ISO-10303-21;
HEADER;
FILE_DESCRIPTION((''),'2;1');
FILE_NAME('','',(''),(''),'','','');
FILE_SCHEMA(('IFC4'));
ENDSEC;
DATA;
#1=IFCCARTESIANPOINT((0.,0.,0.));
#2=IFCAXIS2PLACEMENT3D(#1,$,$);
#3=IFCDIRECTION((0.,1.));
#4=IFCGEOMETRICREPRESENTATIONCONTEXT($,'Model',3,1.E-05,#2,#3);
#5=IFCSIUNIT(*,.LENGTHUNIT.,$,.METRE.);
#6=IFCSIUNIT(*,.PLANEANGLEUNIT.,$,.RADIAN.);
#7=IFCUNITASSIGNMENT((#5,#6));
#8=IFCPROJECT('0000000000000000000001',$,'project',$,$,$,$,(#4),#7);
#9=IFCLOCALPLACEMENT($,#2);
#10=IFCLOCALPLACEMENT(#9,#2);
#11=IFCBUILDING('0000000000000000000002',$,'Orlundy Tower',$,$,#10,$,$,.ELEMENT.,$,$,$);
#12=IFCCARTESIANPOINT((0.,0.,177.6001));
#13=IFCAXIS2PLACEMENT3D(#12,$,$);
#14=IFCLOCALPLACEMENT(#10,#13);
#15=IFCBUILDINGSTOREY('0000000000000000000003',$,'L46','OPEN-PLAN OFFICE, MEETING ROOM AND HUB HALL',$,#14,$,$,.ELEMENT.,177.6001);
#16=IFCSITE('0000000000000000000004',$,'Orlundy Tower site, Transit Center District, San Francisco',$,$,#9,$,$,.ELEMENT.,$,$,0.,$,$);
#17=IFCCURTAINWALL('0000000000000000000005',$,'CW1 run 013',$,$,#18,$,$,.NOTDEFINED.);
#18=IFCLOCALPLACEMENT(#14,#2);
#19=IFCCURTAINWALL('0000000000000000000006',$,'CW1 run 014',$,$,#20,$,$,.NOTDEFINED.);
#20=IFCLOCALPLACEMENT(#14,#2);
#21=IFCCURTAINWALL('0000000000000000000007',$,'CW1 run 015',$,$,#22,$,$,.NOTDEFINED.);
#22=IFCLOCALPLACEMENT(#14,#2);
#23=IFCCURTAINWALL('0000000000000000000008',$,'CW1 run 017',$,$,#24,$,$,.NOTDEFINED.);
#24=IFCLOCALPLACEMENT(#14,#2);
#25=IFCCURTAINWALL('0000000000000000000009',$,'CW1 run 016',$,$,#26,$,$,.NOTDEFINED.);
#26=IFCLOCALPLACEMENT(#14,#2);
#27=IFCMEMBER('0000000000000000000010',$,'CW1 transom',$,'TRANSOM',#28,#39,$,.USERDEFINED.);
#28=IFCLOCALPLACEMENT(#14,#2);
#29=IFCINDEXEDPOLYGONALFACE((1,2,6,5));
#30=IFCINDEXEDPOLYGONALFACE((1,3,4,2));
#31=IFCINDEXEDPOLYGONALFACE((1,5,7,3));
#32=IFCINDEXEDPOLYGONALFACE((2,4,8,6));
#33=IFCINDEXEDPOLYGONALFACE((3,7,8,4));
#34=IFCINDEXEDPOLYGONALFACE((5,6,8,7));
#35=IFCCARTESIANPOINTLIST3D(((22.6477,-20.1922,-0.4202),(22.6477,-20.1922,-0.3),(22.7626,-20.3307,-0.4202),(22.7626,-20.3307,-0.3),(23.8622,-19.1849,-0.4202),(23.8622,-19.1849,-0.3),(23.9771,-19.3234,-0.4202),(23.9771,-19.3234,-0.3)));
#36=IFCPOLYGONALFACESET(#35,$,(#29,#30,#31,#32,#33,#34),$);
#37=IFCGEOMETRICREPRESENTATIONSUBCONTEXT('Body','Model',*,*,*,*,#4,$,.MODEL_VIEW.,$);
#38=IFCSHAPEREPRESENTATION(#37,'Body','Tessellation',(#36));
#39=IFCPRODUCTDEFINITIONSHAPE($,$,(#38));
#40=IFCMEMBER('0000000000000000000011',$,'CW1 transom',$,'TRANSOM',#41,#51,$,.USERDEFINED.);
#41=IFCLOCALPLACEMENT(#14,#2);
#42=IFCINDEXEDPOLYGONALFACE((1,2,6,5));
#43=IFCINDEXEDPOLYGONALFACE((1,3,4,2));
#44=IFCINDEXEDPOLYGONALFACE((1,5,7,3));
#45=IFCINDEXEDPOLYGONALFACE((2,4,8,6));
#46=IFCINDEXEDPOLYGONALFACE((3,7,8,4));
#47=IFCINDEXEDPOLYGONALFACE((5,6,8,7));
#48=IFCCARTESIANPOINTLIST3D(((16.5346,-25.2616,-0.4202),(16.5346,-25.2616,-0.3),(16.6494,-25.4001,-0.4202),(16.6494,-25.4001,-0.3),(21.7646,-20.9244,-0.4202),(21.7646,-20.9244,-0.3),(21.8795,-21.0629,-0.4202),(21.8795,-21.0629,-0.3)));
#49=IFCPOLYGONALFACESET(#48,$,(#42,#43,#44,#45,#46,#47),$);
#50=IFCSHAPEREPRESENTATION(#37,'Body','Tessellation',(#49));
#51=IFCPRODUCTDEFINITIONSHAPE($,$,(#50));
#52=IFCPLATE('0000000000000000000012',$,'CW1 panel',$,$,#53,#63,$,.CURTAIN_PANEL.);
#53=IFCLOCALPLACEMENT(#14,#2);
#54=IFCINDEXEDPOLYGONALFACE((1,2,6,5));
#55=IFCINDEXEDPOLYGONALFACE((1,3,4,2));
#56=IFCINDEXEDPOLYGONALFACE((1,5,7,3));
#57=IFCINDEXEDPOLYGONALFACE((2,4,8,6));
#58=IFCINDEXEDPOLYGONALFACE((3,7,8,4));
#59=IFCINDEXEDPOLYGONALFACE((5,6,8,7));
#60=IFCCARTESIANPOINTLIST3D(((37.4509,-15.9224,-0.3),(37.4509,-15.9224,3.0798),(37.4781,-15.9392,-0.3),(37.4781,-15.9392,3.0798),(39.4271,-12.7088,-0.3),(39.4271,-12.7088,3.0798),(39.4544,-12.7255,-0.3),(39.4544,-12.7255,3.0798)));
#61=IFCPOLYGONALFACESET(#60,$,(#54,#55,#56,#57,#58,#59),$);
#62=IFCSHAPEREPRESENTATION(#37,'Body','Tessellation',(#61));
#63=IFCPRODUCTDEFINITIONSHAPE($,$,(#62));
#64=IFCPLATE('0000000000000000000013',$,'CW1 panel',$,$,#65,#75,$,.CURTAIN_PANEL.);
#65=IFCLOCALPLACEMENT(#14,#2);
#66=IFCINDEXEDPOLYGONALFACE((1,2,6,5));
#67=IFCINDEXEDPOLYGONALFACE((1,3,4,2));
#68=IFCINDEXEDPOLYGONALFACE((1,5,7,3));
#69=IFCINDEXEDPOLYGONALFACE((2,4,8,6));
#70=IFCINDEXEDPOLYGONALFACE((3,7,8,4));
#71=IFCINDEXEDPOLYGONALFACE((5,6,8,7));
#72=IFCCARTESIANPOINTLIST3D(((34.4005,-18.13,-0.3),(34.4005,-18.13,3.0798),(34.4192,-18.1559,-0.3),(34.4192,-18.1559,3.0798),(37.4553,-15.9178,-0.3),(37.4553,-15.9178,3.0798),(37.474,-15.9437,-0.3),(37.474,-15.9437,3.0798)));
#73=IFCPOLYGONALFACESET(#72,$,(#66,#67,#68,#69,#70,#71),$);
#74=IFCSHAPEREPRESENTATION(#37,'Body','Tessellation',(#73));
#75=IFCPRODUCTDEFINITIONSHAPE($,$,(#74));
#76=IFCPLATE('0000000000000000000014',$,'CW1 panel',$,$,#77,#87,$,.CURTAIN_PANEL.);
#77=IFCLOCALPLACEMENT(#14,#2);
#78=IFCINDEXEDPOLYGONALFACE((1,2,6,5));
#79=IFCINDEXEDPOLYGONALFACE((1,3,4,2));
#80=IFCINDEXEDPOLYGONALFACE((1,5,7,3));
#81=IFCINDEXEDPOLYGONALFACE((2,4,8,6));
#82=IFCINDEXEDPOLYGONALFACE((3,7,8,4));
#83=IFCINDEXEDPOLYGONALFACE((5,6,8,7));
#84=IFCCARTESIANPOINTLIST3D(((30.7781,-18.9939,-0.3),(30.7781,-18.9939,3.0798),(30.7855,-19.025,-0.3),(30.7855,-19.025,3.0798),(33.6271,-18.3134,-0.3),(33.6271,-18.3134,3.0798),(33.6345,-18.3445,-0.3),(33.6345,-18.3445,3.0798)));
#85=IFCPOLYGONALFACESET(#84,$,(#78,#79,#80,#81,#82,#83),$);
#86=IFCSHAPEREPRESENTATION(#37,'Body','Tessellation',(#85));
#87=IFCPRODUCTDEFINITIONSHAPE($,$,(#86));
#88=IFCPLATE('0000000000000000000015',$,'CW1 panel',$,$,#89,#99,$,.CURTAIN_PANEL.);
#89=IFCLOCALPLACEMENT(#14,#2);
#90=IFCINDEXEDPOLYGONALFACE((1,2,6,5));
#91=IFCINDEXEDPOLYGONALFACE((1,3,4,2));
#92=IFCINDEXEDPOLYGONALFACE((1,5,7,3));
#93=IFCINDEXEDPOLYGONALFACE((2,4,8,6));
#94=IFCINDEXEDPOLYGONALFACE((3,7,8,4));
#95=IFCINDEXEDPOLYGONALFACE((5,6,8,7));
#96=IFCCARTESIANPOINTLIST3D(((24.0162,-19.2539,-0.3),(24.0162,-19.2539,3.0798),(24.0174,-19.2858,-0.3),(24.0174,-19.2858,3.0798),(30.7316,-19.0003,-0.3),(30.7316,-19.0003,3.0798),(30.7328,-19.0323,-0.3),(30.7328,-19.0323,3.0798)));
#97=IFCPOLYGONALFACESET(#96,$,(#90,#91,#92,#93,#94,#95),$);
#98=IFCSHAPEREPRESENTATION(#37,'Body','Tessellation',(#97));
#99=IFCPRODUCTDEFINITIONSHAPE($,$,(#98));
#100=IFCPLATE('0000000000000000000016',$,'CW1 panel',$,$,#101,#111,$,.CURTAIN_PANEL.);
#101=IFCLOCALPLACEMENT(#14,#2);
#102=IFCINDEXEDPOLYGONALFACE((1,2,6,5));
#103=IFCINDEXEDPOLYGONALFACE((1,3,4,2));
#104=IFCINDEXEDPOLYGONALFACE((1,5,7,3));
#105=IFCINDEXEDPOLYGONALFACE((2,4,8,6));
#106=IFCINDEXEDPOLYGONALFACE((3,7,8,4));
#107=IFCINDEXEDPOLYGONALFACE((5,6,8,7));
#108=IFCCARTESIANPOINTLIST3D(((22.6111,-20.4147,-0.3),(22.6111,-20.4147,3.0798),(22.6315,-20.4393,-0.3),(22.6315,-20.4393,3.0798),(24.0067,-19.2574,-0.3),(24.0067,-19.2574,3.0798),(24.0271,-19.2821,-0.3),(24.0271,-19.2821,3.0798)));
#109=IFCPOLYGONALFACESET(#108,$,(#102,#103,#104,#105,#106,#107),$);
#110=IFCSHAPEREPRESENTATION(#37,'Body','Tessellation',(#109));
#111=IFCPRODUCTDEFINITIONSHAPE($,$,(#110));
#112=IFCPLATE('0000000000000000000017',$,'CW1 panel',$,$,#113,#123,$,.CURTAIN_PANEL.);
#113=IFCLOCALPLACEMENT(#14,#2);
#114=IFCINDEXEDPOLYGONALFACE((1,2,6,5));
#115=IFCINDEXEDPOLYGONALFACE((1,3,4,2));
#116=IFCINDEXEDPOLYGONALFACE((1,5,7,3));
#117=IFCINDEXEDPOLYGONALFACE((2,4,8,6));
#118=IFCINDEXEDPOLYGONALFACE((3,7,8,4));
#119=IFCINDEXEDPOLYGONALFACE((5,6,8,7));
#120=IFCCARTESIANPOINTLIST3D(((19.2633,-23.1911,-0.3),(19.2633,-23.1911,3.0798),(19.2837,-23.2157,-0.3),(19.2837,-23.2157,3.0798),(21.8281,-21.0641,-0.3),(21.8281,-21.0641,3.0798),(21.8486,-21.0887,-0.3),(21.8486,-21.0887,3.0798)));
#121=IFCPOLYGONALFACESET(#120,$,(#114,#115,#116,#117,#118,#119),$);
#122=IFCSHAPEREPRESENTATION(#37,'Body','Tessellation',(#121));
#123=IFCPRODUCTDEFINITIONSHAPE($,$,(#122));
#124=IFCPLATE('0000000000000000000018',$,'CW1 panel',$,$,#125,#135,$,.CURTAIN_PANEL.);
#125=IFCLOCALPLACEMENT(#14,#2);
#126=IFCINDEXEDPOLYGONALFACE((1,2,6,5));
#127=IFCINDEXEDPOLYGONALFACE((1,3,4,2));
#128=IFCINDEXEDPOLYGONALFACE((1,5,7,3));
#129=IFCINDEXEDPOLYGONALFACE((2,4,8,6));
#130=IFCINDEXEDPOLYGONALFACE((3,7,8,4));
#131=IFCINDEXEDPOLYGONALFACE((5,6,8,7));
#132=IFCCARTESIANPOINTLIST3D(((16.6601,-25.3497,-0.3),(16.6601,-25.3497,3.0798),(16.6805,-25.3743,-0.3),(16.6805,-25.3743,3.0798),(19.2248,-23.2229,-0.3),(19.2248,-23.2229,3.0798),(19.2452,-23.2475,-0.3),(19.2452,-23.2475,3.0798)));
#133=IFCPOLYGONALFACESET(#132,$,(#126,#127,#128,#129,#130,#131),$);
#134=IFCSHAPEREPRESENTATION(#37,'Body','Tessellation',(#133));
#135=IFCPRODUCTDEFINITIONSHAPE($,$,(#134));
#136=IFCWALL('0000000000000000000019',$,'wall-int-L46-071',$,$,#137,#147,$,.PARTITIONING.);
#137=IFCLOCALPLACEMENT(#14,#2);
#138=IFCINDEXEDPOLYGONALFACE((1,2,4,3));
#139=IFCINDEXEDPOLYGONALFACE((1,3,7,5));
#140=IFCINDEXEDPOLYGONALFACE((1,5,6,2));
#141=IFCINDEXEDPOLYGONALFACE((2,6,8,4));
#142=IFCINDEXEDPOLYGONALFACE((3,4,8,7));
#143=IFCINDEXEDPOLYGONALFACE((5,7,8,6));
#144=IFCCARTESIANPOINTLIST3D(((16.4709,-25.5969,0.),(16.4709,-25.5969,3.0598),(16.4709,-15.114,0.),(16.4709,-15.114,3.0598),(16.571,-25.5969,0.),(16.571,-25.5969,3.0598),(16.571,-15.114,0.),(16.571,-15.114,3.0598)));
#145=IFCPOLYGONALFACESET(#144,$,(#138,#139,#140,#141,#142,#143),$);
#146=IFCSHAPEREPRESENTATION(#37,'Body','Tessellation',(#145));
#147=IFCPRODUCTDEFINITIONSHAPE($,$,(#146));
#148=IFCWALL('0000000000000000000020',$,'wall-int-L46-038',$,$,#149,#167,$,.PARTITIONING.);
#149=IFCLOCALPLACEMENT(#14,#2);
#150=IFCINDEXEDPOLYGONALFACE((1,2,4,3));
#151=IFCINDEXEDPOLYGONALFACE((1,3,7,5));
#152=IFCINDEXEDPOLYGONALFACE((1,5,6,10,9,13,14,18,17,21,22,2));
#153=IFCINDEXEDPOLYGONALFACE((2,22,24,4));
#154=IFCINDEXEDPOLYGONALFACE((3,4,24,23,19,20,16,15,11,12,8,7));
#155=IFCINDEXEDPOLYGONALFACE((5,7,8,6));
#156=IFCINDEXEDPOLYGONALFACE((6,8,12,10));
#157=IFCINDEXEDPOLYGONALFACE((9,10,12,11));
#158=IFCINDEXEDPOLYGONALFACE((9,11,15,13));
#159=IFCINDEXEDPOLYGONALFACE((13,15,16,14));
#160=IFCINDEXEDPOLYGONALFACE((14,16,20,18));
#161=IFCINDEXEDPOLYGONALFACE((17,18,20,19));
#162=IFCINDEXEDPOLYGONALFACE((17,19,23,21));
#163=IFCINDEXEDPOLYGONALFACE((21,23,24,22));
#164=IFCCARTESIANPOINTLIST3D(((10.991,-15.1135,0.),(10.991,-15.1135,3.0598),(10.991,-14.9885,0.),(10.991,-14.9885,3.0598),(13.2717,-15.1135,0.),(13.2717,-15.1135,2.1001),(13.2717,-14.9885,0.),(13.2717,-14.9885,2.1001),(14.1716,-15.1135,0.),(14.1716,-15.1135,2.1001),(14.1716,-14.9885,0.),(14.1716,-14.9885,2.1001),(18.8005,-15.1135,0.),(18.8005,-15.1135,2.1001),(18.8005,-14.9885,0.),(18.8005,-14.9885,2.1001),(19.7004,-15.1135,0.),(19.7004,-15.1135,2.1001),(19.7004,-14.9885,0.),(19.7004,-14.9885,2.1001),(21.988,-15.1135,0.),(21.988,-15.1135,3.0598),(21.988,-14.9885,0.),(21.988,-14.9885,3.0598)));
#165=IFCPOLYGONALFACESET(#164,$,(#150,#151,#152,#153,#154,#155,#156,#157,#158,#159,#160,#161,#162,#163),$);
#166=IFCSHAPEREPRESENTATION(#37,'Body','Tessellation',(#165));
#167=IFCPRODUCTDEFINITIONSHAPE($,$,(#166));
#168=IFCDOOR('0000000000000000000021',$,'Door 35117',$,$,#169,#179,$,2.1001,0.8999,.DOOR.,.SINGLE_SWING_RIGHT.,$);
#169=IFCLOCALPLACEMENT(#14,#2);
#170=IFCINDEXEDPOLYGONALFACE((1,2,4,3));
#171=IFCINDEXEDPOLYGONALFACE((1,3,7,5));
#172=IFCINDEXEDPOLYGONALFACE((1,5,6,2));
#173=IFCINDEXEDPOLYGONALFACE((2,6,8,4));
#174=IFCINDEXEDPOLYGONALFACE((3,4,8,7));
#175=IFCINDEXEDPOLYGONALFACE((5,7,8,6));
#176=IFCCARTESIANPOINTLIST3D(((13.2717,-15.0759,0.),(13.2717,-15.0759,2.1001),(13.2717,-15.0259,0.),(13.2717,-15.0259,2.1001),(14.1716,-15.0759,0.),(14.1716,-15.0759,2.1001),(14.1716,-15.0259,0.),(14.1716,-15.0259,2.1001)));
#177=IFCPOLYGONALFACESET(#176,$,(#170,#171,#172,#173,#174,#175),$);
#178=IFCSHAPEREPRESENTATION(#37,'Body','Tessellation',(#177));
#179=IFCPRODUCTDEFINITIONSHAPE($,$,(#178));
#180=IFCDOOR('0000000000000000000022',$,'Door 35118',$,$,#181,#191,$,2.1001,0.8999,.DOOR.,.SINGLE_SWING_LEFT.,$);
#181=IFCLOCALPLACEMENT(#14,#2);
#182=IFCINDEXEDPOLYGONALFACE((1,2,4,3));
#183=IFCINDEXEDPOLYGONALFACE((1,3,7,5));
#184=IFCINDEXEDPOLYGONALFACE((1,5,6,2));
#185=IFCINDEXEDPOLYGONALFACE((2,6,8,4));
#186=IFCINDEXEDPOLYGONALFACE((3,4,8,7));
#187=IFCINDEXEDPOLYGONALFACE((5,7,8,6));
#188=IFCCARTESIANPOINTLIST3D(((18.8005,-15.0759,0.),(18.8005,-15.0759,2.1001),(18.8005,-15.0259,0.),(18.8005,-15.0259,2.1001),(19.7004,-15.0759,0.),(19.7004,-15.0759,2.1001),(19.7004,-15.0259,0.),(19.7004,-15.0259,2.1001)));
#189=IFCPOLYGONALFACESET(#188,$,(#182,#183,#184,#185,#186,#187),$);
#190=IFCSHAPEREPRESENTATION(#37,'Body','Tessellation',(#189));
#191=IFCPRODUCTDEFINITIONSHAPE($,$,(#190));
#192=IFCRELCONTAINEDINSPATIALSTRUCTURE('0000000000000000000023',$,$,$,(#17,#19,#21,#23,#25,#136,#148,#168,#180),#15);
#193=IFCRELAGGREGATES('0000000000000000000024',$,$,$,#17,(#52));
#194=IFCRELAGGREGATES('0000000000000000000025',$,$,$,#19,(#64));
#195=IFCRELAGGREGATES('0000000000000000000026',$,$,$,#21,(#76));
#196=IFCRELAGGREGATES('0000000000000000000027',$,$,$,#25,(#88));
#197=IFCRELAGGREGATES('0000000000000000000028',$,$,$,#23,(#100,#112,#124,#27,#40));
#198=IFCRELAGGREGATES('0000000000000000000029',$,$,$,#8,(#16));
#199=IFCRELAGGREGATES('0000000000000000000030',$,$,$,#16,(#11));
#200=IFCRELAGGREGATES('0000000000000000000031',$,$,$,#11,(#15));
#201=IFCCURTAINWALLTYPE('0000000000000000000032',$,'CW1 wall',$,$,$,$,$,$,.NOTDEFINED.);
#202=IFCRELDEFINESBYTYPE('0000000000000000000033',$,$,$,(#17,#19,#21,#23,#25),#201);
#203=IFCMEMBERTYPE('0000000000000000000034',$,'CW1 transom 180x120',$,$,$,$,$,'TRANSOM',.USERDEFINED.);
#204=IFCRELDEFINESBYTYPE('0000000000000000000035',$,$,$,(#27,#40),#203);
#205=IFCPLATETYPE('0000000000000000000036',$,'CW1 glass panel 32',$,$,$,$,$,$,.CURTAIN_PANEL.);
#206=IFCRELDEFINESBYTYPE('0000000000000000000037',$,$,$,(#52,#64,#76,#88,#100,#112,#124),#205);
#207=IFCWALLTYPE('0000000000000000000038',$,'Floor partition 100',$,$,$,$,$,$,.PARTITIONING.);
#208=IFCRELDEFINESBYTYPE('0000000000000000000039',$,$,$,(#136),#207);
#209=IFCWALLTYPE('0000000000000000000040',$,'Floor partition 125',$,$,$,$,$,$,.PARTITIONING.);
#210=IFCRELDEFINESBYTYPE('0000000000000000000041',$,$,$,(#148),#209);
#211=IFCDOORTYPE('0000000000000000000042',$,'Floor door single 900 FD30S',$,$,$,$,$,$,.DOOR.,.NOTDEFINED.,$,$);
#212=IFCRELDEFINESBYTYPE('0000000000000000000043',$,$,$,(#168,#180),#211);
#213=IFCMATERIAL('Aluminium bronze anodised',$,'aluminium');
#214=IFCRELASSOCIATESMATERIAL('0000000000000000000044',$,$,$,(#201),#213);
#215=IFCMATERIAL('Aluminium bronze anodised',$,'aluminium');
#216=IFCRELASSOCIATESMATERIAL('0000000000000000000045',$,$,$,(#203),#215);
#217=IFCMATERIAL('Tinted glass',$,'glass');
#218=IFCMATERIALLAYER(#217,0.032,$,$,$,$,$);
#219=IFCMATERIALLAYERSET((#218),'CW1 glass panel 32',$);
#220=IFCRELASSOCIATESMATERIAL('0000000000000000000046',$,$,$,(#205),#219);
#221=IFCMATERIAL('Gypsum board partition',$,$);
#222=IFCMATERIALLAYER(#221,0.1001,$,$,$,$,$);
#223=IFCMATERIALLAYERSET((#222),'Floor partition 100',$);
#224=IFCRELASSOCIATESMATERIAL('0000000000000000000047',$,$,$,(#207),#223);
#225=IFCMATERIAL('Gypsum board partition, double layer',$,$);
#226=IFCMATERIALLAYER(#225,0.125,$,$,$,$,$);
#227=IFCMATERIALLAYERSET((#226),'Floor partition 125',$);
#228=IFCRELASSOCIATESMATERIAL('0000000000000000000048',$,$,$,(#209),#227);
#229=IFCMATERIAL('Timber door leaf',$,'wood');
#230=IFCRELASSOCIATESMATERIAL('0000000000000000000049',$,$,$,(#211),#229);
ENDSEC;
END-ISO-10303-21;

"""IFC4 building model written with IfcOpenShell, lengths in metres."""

from ifc_helpers import new_model, si_unit, direction, frame, frame_2d, origin, origin_2d, place, context, subcontext, project, spatial, rectangle, extrude, material, layer, layer_set, material_profile, profile_set, type_object, element, fill, aggregate, save


model = new_model("IFC4")

# Units and contexts
model_context = context("Model", 3, precision=1e-05, world=origin(), true_north=direction((0.0, 1.0)))
body_context = subcontext(model_context, "Body", "Model", "MODEL_VIEW")
ifc_project = project(units=[si_unit("LENGTHUNIT", "METRE"), si_unit("PLANEANGLEUNIT", "RADIAN")], contexts=[model_context])

# Site, building, storey
site_placement = place(None, origin())
site = spatial("IfcSite", under=ifc_project, at=site_placement, Name="Orlundy Tower site, Transit Center District, San Francisco", CompositionType="ELEMENT", RefElevation=0.0)
building_placement = place(site_placement, origin())
building = spatial("IfcBuilding", under=site, at=building_placement, Name="Orlundy Tower", CompositionType="ELEMENT")
storey_placement = place(building_placement, frame((0.0, 0.0, 177.6001)))
storey = spatial("IfcBuildingStorey", under=building, at=storey_placement, Name="L46", Description="OPEN-PLAN OFFICE, MEETING ROOM AND HUB HALL", CompositionType="ELEMENT", Elevation=177.6001)

# Curtain walls
ifc_material_1 = material(Name="Aluminium bronze anodised", Category="aluminium")
curtain_wall_type = type_object("IfcCurtainWallType", Name="CW1 wall", PredefinedType="NOTDEFINED", material=ifc_material_1)
curtain_wall_1_placement = place(storey_placement, origin())
curtain_wall_1 = element("IfcCurtainWall", 1, at=curtain_wall_1_placement, inside=storey, type_object=curtain_wall_type, Name="CW1 run 013", PredefinedType="NOTDEFINED")
curtain_wall_2_placement = place(storey_placement, origin())
curtain_wall_2 = element("IfcCurtainWall", 2, at=curtain_wall_2_placement, inside=storey, type_object=curtain_wall_type, Name="CW1 run 014", PredefinedType="NOTDEFINED")
curtain_wall_3_placement = place(storey_placement, origin())
curtain_wall_3 = element("IfcCurtainWall", 3, at=curtain_wall_3_placement, inside=storey, type_object=curtain_wall_type, Name="CW1 run 015", PredefinedType="NOTDEFINED")
curtain_wall_4_placement = place(storey_placement, origin())
curtain_wall_4 = element("IfcCurtainWall", 4, at=curtain_wall_4_placement, inside=storey, type_object=curtain_wall_type, Name="CW1 run 017", PredefinedType="NOTDEFINED")
curtain_wall_5_placement = place(storey_placement, origin())
curtain_wall_5 = element("IfcCurtainWall", 5, at=curtain_wall_5_placement, inside=storey, type_object=curtain_wall_type, Name="CW1 run 016", PredefinedType="NOTDEFINED")

# Members
ifc_material_2 = material(Name="Aluminium bronze anodised", Category="aluminium")
ifc_material_profile_1 = material_profile(ifc_material_2, rectangle(XDim=0.1799, YDim=0.1201, at=origin_2d()), Name="CW1 transom 180x120")
ifc_profile_set_1 = profile_set([ifc_material_profile_1], Name="Aluminium bronze anodised")
member_type_1 = type_object("IfcMemberType", Name="CW1 transom 180x120", ElementType="TRANSOM", PredefinedType="USERDEFINED", material=ifc_profile_set_1)
member_1_placement = place(storey_placement, frame((23.9197, -19.2542, -0.3601), z_axis=(-0.769728, -0.638372, 0.0), x_axis=(0.638372, -0.769728, 0.0)))
member_1 = element("IfcMember", 6, at=member_1_placement, type_object=member_type_1, Name="CW1 transom", ObjectType="TRANSOM", PredefinedType="USERDEFINED", context=body_context, shape_type="SweptSolid", body=[
    extrude(rectangle(XDim=0.1799, YDim=0.1201, at=origin_2d()), origin(), (0.0, 0.0, 1.0), 1.5779),
])
member_2_placement = place(storey_placement, frame((21.822, -20.9937, -0.3601), z_axis=(-0.769751, -0.638345, 0.0), x_axis=(0.638345, -0.769751, 0.0)))
member_2 = element("IfcMember", 7, at=member_2_placement, type_object=member_type_1, Name="CW1 transom", ObjectType="TRANSOM", PredefinedType="USERDEFINED", context=body_context, shape_type="SweptSolid", body=[
    extrude(rectangle(XDim=0.1799, YDim=0.1201, at=origin_2d()), origin(), (0.0, 0.0, 1.0), 6.7944),
])

# Plates
ifc_material_3 = material(Name="Tinted glass", Category="glass")
ifc_layer_1 = layer(ifc_material_3, 0.032)
ifc_layer_set_1 = layer_set([ifc_layer_1], Name="CW1 glass panel 32")
plate_type = type_object("IfcPlateType", Name="CW1 glass panel 32", PredefinedType="CURTAIN_PANEL", material=ifc_layer_set_1)
plate_1_placement = place(storey_placement, frame((38.4526, -14.324, -0.3), z_axis=(0.0, 0.0, 1.0), x_axis=(-0.523827, -0.851825, 0.0)))
plate_1 = element("IfcPlate", 8, at=plate_1_placement, type_object=plate_type, Name="CW1 panel", PredefinedType="CURTAIN_PANEL", context=body_context, shape_type="SweptSolid", body=[
    extrude(rectangle(XDim=3.7727, YDim=0.032, at=origin_2d()), origin(), (0.0, 0.0, 1.0), 3.3799),
])
aggregate(curtain_wall_1, [plate_1])
plate_2_placement = place(storey_placement, frame((35.9373, -17.0369, -0.3), z_axis=(0.0, 0.0, 1.0), x_axis=(-0.809924, -0.586534, 0.0)))
plate_2 = element("IfcPlate", 9, at=plate_2_placement, type_object=plate_type, Name="CW1 panel", PredefinedType="CURTAIN_PANEL", context=body_context, shape_type="SweptSolid", body=[
    extrude(rectangle(XDim=3.7717, YDim=0.032, at=origin_2d()), origin(), (0.0, 0.0, 1.0), 3.3799),
])
aggregate(curtain_wall_2, [plate_2])
plate_3_placement = place(storey_placement, frame((32.2063, -18.6692, -0.3), z_axis=(0.0, 0.0, 1.0), x_axis=(-0.972644, -0.232301, 0.0)))
plate_3 = element("IfcPlate", 10, at=plate_3_placement, type_object=plate_type, Name="CW1 panel", PredefinedType="CURTAIN_PANEL", context=body_context, shape_type="SweptSolid", body=[
    extrude(rectangle(XDim=2.9292, YDim=0.032, at=origin_2d()), origin(), (0.0, 0.0, 1.0), 3.3799),
])
aggregate(curtain_wall_3, [plate_3])
plate_4_placement = place(storey_placement, frame((27.3745, -19.1431, -0.3), z_axis=(0.0, 0.0, 1.0), x_axis=(-0.999288, -0.037731, 0.0)))
plate_4 = element("IfcPlate", 11, at=plate_4_placement, type_object=plate_type, Name="CW1 panel", PredefinedType="CURTAIN_PANEL", context=body_context, shape_type="SweptSolid", body=[
    extrude(rectangle(XDim=6.7202, YDim=0.032, at=origin_2d()), origin(), (0.0, 0.0, 1.0), 3.3799),
])
aggregate(curtain_wall_5, [plate_4])
plate_5_placement = place(storey_placement, frame((23.3191, -19.8484, -0.3), z_axis=(0.0, 0.0, 1.0), x_axis=(-0.769762, -0.638331, 0.0)))
plate_5 = element("IfcPlate", 12, at=plate_5_placement, type_object=plate_type, Name="CW1 panel", PredefinedType="CURTAIN_PANEL", context=body_context, shape_type="SweptSolid", body=[
    extrude(rectangle(XDim=1.813, YDim=0.032, at=origin_2d()), origin(), (0.0, 0.0, 1.0), 3.3799),
])
plate_6_placement = place(storey_placement, frame((20.5559, -22.1399, -0.3), z_axis=(0.0, 0.0, 1.0), x_axis=(-0.769762, -0.638331, 0.0)))
plate_6 = element("IfcPlate", 13, at=plate_6_placement, type_object=plate_type, Name="CW1 panel", PredefinedType="CURTAIN_PANEL", context=body_context, shape_type="SweptSolid", body=[
    extrude(rectangle(XDim=3.332, YDim=0.032, at=origin_2d()), origin(), (0.0, 0.0, 1.0), 3.3799),
])
plate_7_placement = place(storey_placement, frame((17.9526, -24.2986, -0.3), z_axis=(0.0, 0.0, 1.0), x_axis=(-0.769762, -0.638331, 0.0)))
plate_7 = element("IfcPlate", 14, at=plate_7_placement, type_object=plate_type, Name="CW1 panel", PredefinedType="CURTAIN_PANEL", context=body_context, shape_type="SweptSolid", body=[
    extrude(rectangle(XDim=3.3318, YDim=0.032, at=origin_2d()), origin(), (0.0, 0.0, 1.0), 3.3799),
])
aggregate(curtain_wall_4, [plate_5, plate_6, plate_7, member_1, member_2])

# Wall
ifc_material_4 = material(Name="Gypsum board partition")
ifc_layer_2 = layer(ifc_material_4, 0.1001)
ifc_layer_set_2 = layer_set([ifc_layer_2], Name="Floor partition 100")
wall_type_1 = type_object("IfcWallType", Name="Floor partition 100", PredefinedType="PARTITIONING", material=ifc_layer_set_2)
wall_1_placement = place(storey_placement, frame((16.521, -25.5969, 0.0), z_axis=(0.0, 0.0, 1.0), x_axis=(0.0, 1.0, 0.0)))
element("IfcWall", 15, at=wall_1_placement, inside=storey, type_object=wall_type_1, Name="wall-int-L46-071", PredefinedType="PARTITIONING", context=body_context, shape_type="SweptSolid", body=[
    extrude(rectangle(XDim=10.4829, YDim=0.1001, at=frame_2d((5.2415, 0.0))), origin(), (0.0, 0.0, 1.0), 3.0598),
])

# Wall, openings, doors
ifc_material_5 = material(Name="Gypsum board partition, double layer")
ifc_layer_3 = layer(ifc_material_5, 0.125)
ifc_layer_set_3 = layer_set([ifc_layer_3], Name="Floor partition 125")
wall_type_2 = type_object("IfcWallType", Name="Floor partition 125", PredefinedType="PARTITIONING", material=ifc_layer_set_3)
wall_2_placement = place(storey_placement, frame((21.988, -15.051, 0.0), z_axis=(0.0, 0.0, 1.0), x_axis=(-1.0, 0.0, 0.0)))
wall_2 = element("IfcWall", 16, at=wall_2_placement, inside=storey, type_object=wall_type_2, Name="wall-int-L46-038", PredefinedType="PARTITIONING", context=body_context, shape_type="SweptSolid", body=[
    extrude(rectangle(XDim=10.9971, YDim=0.125, at=frame_2d((5.4985, 0.0))), origin(), (0.0, 0.0, 1.0), 3.0598),
])
opening_1_placement = place(wall_2_placement, frame((7.8164, 0.0, 0.0)))
opening_1 = element("IfcOpeningElement", 17, at=opening_1_placement, cuts=wall_2, PredefinedType="OPENING", context=body_context, shape_type="SweptSolid", body=[
    extrude(rectangle(XDim=0.8999, YDim=2.1001, at=frame_2d((0.45, 1.05))), frame((0.0, 0.0725, 0.0), z_axis=(0.0, -1.0, 0.0), x_axis=(1.0, 0.0, 0.0)), (0.0, 0.0, 1.0), 0.145),
])
opening_2_placement = place(wall_2_placement, frame((2.2876, 0.0, 0.0)))
opening_2 = element("IfcOpeningElement", 18, at=opening_2_placement, cuts=wall_2, PredefinedType="OPENING", context=body_context, shape_type="SweptSolid", body=[
    extrude(rectangle(XDim=0.8999, YDim=2.1001, at=frame_2d((0.45, 1.05))), frame((0.0, 0.0725, 0.0), z_axis=(0.0, -1.0, 0.0), x_axis=(1.0, 0.0, 0.0)), (0.0, 0.0, 1.0), 0.145),
])
ifc_material_6 = material(Name="Timber door leaf", Category="wood")
door_type = type_object("IfcDoorType", Name="Floor door single 900 FD30S", OperationType="NOTDEFINED", PredefinedType="DOOR", material=ifc_material_6)
door_1_placement = place(opening_1_placement, origin())
door_1 = element("IfcDoor", 19, at=door_1_placement, inside=storey, type_object=door_type, Name="Door 35117", OperationType="SINGLE_SWING_RIGHT", OverallHeight=2.1001, OverallWidth=0.8999, PredefinedType="DOOR", context=body_context, shape_type="SweptSolid", body=[
    extrude(rectangle(XDim=0.8999, YDim=2.1001, at=frame_2d((0.45, 1.05))), frame((0.0, 0.0249, 0.0), z_axis=(0.0, -1.0, 0.0), x_axis=(1.0, 0.0, 0.0)), (0.0, 0.0, 1.0), 0.05),
])
fill(opening_1, door_1)
door_2_placement = place(opening_2_placement, origin())
door_2 = element("IfcDoor", 20, at=door_2_placement, inside=storey, type_object=door_type, Name="Door 35118", OperationType="SINGLE_SWING_LEFT", OverallHeight=2.1001, OverallWidth=0.8999, PredefinedType="DOOR", context=body_context, shape_type="SweptSolid", body=[
    extrude(rectangle(XDim=0.8999, YDim=2.1001, at=frame_2d((0.45, 1.05))), frame((0.0, 0.0249, 0.0), z_axis=(0.0, -1.0, 0.0), x_axis=(1.0, 0.0, 0.0)), (0.0, 0.0, 1.0), 0.05),
])
fill(opening_2, door_2)

save(model, "model.ifc")
